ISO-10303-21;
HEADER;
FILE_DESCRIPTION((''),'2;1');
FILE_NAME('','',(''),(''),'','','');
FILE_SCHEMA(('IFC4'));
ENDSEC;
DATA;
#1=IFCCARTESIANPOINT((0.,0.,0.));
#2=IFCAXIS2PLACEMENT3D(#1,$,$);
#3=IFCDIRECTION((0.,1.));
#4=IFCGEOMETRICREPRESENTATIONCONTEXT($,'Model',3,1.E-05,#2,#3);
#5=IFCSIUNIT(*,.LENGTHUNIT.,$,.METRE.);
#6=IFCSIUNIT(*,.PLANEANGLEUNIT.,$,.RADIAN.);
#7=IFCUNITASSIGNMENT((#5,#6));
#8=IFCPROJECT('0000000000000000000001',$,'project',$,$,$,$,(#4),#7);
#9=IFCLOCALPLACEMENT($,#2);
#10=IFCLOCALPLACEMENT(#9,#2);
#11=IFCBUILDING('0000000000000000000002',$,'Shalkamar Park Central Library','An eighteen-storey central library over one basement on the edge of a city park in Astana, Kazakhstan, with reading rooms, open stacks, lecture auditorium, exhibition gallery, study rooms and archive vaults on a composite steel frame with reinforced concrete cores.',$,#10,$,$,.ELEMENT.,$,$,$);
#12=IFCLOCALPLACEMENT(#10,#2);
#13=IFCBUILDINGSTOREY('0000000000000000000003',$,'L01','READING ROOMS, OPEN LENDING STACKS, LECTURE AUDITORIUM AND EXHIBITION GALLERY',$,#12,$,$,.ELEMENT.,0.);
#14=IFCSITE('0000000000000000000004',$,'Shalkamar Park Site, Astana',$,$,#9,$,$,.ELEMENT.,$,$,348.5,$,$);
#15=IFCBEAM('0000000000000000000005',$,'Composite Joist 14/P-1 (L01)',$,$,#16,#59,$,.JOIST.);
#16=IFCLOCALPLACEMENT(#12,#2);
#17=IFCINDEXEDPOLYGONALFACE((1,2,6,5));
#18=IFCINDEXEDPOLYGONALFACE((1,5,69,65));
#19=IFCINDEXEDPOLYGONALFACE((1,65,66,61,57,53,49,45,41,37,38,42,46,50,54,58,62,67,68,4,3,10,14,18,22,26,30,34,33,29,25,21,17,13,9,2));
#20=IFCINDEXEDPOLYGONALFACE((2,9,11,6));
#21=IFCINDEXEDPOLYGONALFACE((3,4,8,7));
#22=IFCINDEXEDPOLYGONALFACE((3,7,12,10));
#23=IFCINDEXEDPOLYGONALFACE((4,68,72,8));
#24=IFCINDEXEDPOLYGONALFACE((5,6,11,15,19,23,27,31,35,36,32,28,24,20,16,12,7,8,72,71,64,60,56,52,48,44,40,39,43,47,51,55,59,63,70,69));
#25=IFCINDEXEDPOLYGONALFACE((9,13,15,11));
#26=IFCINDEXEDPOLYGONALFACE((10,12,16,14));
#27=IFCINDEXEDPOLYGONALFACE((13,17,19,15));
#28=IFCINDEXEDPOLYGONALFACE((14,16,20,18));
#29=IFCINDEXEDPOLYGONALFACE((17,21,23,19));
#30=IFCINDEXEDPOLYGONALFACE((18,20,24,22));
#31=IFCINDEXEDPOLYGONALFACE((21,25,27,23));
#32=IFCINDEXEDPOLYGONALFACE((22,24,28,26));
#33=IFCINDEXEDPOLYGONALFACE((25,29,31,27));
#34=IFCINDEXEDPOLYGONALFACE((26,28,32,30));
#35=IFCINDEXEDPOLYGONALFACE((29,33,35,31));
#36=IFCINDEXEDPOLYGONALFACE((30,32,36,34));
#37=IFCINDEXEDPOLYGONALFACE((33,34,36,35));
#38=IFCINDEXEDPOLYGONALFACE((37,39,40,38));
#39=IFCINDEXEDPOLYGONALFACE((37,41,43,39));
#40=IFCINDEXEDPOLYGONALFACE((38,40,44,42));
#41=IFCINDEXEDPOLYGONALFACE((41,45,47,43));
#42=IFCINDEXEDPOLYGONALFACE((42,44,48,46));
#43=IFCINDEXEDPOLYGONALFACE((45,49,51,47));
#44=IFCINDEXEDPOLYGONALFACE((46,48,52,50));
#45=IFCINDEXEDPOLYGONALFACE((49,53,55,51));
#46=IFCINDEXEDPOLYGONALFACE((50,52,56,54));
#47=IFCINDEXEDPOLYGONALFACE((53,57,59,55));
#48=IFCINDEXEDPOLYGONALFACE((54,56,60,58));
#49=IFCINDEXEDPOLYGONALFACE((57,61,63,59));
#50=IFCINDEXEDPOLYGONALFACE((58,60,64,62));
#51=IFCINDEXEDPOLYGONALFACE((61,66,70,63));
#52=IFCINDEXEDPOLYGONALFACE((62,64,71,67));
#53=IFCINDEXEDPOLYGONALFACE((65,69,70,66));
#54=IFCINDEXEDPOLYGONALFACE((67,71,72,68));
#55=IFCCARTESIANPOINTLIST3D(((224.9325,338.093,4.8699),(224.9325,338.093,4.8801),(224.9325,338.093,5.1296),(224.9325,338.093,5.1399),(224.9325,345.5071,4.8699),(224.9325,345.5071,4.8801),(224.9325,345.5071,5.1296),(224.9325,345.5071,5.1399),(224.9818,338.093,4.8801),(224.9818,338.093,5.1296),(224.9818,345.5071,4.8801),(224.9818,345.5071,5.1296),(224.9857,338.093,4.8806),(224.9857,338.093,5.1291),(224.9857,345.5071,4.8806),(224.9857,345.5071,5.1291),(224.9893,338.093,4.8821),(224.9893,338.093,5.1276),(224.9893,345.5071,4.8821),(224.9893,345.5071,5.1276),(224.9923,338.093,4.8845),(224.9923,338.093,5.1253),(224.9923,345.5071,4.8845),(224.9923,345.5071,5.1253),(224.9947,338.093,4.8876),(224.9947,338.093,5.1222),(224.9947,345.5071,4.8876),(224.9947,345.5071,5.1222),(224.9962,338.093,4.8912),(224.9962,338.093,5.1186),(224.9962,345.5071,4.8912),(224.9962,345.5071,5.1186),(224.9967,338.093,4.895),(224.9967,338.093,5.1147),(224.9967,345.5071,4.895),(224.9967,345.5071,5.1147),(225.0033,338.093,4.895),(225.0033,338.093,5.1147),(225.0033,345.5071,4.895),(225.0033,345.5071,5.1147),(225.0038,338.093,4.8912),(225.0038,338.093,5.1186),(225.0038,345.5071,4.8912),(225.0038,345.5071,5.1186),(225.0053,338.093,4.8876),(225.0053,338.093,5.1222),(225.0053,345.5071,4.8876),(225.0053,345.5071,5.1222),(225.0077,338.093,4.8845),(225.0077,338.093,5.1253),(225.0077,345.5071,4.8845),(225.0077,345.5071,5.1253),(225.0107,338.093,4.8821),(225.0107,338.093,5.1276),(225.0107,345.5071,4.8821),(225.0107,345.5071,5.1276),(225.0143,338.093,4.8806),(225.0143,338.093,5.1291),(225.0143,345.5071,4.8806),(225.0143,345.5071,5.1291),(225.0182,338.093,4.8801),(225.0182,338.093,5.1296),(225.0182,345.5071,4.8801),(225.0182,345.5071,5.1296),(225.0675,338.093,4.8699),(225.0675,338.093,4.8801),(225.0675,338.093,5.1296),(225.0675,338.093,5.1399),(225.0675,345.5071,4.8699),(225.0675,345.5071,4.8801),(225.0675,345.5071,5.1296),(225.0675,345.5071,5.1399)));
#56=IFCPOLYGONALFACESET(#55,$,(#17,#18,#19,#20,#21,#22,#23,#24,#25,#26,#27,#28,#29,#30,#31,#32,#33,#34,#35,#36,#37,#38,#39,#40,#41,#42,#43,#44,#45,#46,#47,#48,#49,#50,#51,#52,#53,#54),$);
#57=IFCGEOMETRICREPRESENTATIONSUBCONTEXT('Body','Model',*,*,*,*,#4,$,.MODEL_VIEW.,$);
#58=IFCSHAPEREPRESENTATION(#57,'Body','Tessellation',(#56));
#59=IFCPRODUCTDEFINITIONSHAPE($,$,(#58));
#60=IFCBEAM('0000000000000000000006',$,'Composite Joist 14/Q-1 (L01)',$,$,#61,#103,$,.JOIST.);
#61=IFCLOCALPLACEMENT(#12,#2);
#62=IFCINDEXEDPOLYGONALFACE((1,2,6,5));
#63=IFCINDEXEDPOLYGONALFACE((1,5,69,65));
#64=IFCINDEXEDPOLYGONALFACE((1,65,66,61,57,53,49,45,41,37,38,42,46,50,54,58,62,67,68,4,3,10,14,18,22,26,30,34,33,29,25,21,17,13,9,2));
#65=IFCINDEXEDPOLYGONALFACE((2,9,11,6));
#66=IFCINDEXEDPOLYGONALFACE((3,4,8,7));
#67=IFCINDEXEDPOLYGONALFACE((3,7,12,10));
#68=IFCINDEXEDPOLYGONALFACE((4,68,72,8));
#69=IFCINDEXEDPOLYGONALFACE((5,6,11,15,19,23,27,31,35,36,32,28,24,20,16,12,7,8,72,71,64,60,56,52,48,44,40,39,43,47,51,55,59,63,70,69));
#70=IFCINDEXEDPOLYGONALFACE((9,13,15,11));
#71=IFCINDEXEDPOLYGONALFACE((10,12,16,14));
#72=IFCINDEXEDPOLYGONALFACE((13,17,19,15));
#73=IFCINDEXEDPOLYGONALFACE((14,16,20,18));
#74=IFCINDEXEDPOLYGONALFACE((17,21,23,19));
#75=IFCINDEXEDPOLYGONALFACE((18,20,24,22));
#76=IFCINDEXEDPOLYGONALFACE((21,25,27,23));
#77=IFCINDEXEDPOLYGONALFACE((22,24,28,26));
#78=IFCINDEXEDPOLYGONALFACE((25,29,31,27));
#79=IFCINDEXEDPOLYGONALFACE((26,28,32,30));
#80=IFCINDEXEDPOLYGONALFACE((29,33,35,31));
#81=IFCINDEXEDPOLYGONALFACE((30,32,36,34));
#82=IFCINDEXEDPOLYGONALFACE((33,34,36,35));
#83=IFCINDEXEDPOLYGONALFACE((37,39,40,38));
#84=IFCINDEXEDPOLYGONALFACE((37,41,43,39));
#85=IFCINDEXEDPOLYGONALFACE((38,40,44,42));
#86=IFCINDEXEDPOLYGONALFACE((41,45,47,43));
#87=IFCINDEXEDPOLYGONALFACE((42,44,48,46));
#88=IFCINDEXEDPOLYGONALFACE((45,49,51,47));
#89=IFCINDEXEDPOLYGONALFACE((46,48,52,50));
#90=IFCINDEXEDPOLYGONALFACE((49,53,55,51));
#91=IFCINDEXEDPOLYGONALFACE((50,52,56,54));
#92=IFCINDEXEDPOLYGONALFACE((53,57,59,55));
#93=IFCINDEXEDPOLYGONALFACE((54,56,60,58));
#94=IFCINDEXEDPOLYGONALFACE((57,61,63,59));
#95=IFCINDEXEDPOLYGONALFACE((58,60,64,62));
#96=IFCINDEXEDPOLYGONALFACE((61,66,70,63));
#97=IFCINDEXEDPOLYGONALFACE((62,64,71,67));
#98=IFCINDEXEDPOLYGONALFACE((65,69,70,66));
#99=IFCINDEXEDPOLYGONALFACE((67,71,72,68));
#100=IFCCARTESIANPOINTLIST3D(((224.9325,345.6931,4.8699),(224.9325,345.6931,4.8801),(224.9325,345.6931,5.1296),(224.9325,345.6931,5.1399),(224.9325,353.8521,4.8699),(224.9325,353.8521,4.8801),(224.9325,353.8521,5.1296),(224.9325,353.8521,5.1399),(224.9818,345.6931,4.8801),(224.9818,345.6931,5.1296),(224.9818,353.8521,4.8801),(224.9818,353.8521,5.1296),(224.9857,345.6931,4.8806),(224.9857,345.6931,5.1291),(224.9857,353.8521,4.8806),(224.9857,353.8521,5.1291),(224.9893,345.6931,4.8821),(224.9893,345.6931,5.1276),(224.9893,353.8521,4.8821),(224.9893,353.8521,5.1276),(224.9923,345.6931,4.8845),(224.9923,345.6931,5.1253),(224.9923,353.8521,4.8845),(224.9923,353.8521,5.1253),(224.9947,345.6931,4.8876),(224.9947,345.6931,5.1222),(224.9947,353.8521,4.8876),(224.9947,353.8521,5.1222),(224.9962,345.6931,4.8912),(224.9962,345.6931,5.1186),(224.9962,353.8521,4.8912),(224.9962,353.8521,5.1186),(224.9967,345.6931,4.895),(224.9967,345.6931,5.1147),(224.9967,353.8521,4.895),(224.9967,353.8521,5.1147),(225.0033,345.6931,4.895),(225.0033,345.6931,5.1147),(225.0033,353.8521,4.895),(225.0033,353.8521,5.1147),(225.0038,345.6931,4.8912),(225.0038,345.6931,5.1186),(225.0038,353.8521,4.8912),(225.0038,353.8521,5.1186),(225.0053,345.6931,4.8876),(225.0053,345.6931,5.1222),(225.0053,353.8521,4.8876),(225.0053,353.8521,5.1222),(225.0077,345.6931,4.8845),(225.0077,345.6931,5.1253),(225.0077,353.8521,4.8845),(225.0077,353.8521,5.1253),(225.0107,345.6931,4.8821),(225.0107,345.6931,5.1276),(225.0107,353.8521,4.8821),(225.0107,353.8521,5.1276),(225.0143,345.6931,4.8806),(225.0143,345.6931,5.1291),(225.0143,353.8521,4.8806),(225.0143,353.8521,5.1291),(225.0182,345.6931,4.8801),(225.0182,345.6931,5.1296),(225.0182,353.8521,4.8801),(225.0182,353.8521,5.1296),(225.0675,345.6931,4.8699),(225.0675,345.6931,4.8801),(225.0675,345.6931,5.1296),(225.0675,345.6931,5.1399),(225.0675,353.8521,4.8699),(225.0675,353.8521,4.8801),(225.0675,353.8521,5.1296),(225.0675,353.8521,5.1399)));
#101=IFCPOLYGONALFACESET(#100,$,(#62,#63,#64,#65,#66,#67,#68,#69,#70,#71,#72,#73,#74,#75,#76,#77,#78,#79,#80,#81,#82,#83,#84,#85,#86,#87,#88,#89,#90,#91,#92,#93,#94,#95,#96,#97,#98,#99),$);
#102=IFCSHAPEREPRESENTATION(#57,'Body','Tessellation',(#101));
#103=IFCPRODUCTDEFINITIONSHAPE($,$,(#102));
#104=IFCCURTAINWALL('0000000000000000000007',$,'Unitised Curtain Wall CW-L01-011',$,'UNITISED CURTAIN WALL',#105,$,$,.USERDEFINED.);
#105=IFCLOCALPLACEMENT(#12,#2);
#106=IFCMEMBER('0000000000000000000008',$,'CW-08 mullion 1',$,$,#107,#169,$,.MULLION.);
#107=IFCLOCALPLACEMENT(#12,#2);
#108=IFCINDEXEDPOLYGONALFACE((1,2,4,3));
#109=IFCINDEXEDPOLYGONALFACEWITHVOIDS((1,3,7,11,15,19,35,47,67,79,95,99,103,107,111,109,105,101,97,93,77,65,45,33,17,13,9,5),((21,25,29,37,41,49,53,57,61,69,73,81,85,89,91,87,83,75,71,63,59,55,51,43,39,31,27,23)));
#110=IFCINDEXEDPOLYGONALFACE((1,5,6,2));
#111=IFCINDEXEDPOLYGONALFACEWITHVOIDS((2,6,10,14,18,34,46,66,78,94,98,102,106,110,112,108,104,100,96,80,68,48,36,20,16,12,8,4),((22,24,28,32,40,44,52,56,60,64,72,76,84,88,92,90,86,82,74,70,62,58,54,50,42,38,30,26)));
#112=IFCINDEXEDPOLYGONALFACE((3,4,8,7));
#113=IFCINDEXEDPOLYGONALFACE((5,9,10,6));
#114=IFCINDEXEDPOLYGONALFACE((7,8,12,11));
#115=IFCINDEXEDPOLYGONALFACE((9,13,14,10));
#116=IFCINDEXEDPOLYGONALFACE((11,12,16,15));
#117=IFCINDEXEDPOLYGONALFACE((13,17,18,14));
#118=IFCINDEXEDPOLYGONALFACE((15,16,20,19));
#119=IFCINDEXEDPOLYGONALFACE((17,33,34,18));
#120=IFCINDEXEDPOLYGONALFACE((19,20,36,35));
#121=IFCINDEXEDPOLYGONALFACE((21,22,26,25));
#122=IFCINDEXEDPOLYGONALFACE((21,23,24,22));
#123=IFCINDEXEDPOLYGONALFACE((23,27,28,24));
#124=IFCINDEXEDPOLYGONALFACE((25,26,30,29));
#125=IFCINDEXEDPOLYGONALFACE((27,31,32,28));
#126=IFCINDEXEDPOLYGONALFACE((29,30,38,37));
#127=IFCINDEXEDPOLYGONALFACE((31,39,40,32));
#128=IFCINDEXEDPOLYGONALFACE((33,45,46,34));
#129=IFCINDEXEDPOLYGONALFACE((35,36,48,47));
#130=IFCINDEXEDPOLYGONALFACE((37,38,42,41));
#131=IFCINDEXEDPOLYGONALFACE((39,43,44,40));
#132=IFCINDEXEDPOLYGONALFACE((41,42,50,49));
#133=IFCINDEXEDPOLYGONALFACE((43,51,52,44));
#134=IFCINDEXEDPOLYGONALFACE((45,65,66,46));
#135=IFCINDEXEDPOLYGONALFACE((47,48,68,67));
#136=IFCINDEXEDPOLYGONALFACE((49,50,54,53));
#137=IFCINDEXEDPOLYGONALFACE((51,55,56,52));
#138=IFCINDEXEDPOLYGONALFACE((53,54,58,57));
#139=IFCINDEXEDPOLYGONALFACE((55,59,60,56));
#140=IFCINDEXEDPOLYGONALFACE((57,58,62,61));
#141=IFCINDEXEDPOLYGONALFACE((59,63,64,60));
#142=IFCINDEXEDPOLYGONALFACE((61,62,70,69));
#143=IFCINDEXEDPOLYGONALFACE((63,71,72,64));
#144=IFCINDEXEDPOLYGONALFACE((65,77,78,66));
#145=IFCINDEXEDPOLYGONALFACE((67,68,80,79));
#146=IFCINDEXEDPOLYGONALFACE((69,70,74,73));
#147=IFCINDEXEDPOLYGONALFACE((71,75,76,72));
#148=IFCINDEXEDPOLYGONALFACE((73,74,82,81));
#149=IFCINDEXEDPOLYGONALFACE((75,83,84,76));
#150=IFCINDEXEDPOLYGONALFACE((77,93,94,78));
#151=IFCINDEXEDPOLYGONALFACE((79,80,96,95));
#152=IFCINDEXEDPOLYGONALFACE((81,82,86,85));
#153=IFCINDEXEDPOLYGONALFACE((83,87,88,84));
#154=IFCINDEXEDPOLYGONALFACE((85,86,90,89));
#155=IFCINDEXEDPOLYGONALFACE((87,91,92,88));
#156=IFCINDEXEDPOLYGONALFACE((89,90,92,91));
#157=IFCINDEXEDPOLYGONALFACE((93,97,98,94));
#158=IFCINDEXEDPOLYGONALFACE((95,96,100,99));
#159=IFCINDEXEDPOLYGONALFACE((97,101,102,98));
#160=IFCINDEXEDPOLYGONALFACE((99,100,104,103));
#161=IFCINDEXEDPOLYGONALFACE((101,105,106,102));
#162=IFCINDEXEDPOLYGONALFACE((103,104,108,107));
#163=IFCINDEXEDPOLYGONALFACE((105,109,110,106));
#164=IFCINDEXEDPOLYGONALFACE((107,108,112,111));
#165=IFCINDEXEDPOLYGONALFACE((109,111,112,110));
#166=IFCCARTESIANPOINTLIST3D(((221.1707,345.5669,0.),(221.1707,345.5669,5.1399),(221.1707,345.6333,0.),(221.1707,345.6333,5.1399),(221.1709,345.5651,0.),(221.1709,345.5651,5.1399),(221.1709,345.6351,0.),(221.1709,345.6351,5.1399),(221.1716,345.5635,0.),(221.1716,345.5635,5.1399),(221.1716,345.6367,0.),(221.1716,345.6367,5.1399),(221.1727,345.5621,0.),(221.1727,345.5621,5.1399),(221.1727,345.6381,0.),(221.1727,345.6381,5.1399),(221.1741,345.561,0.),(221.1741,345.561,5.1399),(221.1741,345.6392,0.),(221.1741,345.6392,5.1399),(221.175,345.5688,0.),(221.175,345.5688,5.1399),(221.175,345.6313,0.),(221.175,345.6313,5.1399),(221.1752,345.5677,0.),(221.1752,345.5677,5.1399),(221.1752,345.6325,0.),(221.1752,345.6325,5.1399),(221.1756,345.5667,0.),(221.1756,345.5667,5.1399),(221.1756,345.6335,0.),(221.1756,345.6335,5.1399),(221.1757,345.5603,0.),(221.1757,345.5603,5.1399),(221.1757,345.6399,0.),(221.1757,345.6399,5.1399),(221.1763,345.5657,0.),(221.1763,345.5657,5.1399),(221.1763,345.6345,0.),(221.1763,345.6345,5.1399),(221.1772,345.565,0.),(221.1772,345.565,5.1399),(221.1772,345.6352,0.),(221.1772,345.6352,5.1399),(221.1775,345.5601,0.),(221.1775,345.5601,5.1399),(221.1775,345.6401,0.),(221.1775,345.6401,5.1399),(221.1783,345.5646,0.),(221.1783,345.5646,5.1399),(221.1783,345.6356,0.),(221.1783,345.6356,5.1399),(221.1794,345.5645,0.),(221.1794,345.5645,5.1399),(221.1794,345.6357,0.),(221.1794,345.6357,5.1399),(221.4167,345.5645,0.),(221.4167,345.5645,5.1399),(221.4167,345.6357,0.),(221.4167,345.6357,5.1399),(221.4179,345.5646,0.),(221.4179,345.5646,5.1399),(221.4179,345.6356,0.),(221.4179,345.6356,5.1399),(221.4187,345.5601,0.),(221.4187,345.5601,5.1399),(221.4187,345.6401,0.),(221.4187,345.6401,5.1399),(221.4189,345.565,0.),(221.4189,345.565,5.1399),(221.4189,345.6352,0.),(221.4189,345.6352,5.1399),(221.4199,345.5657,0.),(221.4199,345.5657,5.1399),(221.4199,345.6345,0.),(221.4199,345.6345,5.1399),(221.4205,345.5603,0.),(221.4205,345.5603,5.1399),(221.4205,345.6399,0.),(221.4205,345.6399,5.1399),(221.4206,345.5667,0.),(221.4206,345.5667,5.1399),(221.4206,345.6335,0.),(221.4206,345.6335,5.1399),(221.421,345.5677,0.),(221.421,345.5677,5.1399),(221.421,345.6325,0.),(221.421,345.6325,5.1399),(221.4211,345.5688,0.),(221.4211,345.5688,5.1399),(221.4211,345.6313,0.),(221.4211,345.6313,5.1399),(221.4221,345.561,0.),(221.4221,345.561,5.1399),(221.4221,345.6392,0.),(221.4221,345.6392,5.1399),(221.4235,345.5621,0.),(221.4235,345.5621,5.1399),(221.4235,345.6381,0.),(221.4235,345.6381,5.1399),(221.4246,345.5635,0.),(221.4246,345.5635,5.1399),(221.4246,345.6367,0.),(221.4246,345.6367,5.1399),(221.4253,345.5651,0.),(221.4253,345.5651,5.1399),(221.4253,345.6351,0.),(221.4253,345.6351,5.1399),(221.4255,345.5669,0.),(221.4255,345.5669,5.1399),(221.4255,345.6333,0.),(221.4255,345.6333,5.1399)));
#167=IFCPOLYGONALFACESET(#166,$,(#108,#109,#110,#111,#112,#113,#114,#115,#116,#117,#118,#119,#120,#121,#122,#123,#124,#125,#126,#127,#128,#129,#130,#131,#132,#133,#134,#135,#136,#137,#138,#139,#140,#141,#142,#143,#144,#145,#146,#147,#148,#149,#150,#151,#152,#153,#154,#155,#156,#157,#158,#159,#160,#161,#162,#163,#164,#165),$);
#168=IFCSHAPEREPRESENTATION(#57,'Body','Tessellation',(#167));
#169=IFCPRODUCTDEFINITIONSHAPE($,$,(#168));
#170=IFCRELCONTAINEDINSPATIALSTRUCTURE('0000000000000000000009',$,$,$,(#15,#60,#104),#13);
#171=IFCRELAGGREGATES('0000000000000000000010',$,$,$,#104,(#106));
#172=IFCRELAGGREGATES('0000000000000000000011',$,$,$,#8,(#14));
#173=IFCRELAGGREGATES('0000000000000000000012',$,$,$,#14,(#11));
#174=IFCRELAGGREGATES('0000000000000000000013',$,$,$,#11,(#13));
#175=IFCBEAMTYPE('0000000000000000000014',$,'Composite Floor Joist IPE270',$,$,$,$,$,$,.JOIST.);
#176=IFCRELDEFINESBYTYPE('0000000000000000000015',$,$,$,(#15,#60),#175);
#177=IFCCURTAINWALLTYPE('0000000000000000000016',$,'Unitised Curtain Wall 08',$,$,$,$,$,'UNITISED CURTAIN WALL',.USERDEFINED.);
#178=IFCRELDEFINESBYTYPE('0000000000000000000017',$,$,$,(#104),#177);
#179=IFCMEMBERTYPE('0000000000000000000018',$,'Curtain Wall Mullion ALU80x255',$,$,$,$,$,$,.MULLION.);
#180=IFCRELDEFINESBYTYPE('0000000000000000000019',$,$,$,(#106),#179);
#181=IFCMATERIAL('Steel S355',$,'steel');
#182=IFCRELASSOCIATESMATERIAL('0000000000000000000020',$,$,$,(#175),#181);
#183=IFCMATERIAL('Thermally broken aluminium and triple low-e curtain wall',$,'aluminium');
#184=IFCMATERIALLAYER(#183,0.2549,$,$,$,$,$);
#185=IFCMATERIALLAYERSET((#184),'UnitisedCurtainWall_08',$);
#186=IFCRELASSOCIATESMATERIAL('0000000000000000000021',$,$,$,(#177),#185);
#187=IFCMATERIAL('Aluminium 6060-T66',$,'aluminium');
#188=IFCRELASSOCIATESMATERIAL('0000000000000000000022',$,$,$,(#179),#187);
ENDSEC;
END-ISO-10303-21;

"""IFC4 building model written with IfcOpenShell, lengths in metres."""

from ifc_helpers import new_model, si_unit, direction, frame, origin, origin_2d, place, context, subcontext, project, spatial, hollow_rectangle, i_section, extrude, material, layer, layer_set, material_profile, profile_set, type_object, element, aggregate, save


model = new_model("IFC4")

# Units and contexts
model_context = context("Model", 3, precision=1e-05, world=origin(), true_north=direction((0.0, 1.0)))
body_context = subcontext(model_context, "Body", "Model", "MODEL_VIEW")
ifc_project = project(units=[si_unit("LENGTHUNIT", "METRE"), si_unit("PLANEANGLEUNIT", "RADIAN")], contexts=[model_context])

# Site, building, storey
site_placement = place(None, origin())
site = spatial("IfcSite", under=ifc_project, at=site_placement, Name="Shalkamar Park Site, Astana", CompositionType="ELEMENT", RefElevation=348.5)
building_placement = place(site_placement, origin())
building = spatial("IfcBuilding", under=site, at=building_placement, Name="Shalkamar Park Central Library", Description="An eighteen-storey central library over one basement on the edge of a city park in Astana, Kazakhstan, with reading rooms, open stacks, lecture auditorium, exhibition gallery, study rooms and archive vaults on a composite steel frame with reinforced concrete cores.", CompositionType="ELEMENT")
storey_placement = place(building_placement, origin())
storey = spatial("IfcBuildingStorey", under=building, at=storey_placement, Name="L01", Description="READING ROOMS, OPEN LENDING STACKS, LECTURE AUDITORIUM AND EXHIBITION GALLERY", CompositionType="ELEMENT", Elevation=0.0)

# Shared definitions
ifc_material_1 = material(Name="Steel S355", Category="steel")

# Beams
ifc_material_profile_1 = material_profile(ifc_material_1, i_section(OverallWidth=0.135, OverallDepth=0.27, WebThickness=0.0066, FlangeThickness=0.0103, FilletRadius=0.0149, at=origin_2d()), Name="IPE 270")
ifc_profile_set_1 = profile_set([ifc_material_profile_1], Name="Steel S355")
beam_type_1 = type_object("IfcBeamType", Name="Composite Floor Joist IPE270", PredefinedType="JOIST", material=ifc_profile_set_1)
beam_1_placement = place(storey_placement, frame((225.0, 338.093, 5.0049), z_axis=(0.0, 1.0, 0.0), x_axis=(-1.0, 0.0, 0.0)))
element("IfcBeam", 1, at=beam_1_placement, inside=storey, type_object=beam_type_1, Name="Composite Joist 14/P-1 (L01)", PredefinedType="JOIST", context=body_context, shape_type="SweptSolid", body=[
    extrude(i_section(OverallWidth=0.135, OverallDepth=0.27, WebThickness=0.0066, FlangeThickness=0.0103, FilletRadius=0.0149, at=origin_2d()), origin(), (0.0, 0.0, 1.0), 7.4141),
])
beam_2_placement = place(storey_placement, frame((225.0, 345.6931, 5.0049), z_axis=(0.0, 1.0, 0.0), x_axis=(-1.0, 0.0, 0.0)))
element("IfcBeam", 2, at=beam_2_placement, inside=storey, type_object=beam_type_1, Name="Composite Joist 14/Q-1 (L01)", PredefinedType="JOIST", context=body_context, shape_type="SweptSolid", body=[
    extrude(i_section(OverallWidth=0.135, OverallDepth=0.27, WebThickness=0.0066, FlangeThickness=0.0103, FilletRadius=0.0149, at=origin_2d()), origin(), (0.0, 0.0, 1.0), 8.1589),
])

# Curtain wall, member
ifc_material_2 = material(Name="Thermally broken aluminium and triple low-e curtain wall", Category="aluminium")
ifc_layer_1 = layer(ifc_material_2, 0.2549)
ifc_layer_set_1 = layer_set([ifc_layer_1], Name="UnitisedCurtainWall_08")
curtain_wall_type = type_object("IfcCurtainWallType", Name="Unitised Curtain Wall 08", ElementType="UNITISED CURTAIN WALL", PredefinedType="USERDEFINED", material=ifc_layer_set_1)
curtain_wall_placement = place(storey_placement, origin())
curtain_wall = element("IfcCurtainWall", 3, at=curtain_wall_placement, inside=storey, type_object=curtain_wall_type, Name="Unitised Curtain Wall CW-L01-011", ObjectType="UNITISED CURTAIN WALL", PredefinedType="USERDEFINED")
ifc_material_3 = material(Name="Aluminium 6060-T66", Category="aluminium")
ifc_material_profile_2 = material_profile(ifc_material_3, hollow_rectangle(XDim=0.0801, YDim=0.2549, WallThickness=0.0044, InnerFilletRadius=0.0044, OuterFilletRadius=0.0068, at=origin_2d()), Name="ALU 80x255x4.5")
ifc_profile_set_2 = profile_set([ifc_material_profile_2], Name="Aluminium 6060-T66")
member_type_1 = type_object("IfcMemberType", Name="Curtain Wall Mullion ALU80x255", PredefinedType="MULLION", material=ifc_profile_set_2)
member_1_placement = place(storey_placement, frame((221.2981, 345.6001, 0.0), z_axis=(0.0, 0.0, 1.0), x_axis=(0.0, 1.0, 0.0)))
member_1 = element("IfcMember", 4, at=member_1_placement, type_object=member_type_1, Name="CW-08 mullion 1", PredefinedType="MULLION", context=body_context, shape_type="SweptSolid", body=[
    extrude(hollow_rectangle(XDim=0.0801, YDim=0.2549, WallThickness=0.0044, InnerFilletRadius=0.0044, OuterFilletRadius=0.0068, at=origin_2d()), origin(), (0.0, 0.0, 1.0), 5.1399),
])

aggregate(curtain_wall, [member_1])

save(model, "model.ifc")
